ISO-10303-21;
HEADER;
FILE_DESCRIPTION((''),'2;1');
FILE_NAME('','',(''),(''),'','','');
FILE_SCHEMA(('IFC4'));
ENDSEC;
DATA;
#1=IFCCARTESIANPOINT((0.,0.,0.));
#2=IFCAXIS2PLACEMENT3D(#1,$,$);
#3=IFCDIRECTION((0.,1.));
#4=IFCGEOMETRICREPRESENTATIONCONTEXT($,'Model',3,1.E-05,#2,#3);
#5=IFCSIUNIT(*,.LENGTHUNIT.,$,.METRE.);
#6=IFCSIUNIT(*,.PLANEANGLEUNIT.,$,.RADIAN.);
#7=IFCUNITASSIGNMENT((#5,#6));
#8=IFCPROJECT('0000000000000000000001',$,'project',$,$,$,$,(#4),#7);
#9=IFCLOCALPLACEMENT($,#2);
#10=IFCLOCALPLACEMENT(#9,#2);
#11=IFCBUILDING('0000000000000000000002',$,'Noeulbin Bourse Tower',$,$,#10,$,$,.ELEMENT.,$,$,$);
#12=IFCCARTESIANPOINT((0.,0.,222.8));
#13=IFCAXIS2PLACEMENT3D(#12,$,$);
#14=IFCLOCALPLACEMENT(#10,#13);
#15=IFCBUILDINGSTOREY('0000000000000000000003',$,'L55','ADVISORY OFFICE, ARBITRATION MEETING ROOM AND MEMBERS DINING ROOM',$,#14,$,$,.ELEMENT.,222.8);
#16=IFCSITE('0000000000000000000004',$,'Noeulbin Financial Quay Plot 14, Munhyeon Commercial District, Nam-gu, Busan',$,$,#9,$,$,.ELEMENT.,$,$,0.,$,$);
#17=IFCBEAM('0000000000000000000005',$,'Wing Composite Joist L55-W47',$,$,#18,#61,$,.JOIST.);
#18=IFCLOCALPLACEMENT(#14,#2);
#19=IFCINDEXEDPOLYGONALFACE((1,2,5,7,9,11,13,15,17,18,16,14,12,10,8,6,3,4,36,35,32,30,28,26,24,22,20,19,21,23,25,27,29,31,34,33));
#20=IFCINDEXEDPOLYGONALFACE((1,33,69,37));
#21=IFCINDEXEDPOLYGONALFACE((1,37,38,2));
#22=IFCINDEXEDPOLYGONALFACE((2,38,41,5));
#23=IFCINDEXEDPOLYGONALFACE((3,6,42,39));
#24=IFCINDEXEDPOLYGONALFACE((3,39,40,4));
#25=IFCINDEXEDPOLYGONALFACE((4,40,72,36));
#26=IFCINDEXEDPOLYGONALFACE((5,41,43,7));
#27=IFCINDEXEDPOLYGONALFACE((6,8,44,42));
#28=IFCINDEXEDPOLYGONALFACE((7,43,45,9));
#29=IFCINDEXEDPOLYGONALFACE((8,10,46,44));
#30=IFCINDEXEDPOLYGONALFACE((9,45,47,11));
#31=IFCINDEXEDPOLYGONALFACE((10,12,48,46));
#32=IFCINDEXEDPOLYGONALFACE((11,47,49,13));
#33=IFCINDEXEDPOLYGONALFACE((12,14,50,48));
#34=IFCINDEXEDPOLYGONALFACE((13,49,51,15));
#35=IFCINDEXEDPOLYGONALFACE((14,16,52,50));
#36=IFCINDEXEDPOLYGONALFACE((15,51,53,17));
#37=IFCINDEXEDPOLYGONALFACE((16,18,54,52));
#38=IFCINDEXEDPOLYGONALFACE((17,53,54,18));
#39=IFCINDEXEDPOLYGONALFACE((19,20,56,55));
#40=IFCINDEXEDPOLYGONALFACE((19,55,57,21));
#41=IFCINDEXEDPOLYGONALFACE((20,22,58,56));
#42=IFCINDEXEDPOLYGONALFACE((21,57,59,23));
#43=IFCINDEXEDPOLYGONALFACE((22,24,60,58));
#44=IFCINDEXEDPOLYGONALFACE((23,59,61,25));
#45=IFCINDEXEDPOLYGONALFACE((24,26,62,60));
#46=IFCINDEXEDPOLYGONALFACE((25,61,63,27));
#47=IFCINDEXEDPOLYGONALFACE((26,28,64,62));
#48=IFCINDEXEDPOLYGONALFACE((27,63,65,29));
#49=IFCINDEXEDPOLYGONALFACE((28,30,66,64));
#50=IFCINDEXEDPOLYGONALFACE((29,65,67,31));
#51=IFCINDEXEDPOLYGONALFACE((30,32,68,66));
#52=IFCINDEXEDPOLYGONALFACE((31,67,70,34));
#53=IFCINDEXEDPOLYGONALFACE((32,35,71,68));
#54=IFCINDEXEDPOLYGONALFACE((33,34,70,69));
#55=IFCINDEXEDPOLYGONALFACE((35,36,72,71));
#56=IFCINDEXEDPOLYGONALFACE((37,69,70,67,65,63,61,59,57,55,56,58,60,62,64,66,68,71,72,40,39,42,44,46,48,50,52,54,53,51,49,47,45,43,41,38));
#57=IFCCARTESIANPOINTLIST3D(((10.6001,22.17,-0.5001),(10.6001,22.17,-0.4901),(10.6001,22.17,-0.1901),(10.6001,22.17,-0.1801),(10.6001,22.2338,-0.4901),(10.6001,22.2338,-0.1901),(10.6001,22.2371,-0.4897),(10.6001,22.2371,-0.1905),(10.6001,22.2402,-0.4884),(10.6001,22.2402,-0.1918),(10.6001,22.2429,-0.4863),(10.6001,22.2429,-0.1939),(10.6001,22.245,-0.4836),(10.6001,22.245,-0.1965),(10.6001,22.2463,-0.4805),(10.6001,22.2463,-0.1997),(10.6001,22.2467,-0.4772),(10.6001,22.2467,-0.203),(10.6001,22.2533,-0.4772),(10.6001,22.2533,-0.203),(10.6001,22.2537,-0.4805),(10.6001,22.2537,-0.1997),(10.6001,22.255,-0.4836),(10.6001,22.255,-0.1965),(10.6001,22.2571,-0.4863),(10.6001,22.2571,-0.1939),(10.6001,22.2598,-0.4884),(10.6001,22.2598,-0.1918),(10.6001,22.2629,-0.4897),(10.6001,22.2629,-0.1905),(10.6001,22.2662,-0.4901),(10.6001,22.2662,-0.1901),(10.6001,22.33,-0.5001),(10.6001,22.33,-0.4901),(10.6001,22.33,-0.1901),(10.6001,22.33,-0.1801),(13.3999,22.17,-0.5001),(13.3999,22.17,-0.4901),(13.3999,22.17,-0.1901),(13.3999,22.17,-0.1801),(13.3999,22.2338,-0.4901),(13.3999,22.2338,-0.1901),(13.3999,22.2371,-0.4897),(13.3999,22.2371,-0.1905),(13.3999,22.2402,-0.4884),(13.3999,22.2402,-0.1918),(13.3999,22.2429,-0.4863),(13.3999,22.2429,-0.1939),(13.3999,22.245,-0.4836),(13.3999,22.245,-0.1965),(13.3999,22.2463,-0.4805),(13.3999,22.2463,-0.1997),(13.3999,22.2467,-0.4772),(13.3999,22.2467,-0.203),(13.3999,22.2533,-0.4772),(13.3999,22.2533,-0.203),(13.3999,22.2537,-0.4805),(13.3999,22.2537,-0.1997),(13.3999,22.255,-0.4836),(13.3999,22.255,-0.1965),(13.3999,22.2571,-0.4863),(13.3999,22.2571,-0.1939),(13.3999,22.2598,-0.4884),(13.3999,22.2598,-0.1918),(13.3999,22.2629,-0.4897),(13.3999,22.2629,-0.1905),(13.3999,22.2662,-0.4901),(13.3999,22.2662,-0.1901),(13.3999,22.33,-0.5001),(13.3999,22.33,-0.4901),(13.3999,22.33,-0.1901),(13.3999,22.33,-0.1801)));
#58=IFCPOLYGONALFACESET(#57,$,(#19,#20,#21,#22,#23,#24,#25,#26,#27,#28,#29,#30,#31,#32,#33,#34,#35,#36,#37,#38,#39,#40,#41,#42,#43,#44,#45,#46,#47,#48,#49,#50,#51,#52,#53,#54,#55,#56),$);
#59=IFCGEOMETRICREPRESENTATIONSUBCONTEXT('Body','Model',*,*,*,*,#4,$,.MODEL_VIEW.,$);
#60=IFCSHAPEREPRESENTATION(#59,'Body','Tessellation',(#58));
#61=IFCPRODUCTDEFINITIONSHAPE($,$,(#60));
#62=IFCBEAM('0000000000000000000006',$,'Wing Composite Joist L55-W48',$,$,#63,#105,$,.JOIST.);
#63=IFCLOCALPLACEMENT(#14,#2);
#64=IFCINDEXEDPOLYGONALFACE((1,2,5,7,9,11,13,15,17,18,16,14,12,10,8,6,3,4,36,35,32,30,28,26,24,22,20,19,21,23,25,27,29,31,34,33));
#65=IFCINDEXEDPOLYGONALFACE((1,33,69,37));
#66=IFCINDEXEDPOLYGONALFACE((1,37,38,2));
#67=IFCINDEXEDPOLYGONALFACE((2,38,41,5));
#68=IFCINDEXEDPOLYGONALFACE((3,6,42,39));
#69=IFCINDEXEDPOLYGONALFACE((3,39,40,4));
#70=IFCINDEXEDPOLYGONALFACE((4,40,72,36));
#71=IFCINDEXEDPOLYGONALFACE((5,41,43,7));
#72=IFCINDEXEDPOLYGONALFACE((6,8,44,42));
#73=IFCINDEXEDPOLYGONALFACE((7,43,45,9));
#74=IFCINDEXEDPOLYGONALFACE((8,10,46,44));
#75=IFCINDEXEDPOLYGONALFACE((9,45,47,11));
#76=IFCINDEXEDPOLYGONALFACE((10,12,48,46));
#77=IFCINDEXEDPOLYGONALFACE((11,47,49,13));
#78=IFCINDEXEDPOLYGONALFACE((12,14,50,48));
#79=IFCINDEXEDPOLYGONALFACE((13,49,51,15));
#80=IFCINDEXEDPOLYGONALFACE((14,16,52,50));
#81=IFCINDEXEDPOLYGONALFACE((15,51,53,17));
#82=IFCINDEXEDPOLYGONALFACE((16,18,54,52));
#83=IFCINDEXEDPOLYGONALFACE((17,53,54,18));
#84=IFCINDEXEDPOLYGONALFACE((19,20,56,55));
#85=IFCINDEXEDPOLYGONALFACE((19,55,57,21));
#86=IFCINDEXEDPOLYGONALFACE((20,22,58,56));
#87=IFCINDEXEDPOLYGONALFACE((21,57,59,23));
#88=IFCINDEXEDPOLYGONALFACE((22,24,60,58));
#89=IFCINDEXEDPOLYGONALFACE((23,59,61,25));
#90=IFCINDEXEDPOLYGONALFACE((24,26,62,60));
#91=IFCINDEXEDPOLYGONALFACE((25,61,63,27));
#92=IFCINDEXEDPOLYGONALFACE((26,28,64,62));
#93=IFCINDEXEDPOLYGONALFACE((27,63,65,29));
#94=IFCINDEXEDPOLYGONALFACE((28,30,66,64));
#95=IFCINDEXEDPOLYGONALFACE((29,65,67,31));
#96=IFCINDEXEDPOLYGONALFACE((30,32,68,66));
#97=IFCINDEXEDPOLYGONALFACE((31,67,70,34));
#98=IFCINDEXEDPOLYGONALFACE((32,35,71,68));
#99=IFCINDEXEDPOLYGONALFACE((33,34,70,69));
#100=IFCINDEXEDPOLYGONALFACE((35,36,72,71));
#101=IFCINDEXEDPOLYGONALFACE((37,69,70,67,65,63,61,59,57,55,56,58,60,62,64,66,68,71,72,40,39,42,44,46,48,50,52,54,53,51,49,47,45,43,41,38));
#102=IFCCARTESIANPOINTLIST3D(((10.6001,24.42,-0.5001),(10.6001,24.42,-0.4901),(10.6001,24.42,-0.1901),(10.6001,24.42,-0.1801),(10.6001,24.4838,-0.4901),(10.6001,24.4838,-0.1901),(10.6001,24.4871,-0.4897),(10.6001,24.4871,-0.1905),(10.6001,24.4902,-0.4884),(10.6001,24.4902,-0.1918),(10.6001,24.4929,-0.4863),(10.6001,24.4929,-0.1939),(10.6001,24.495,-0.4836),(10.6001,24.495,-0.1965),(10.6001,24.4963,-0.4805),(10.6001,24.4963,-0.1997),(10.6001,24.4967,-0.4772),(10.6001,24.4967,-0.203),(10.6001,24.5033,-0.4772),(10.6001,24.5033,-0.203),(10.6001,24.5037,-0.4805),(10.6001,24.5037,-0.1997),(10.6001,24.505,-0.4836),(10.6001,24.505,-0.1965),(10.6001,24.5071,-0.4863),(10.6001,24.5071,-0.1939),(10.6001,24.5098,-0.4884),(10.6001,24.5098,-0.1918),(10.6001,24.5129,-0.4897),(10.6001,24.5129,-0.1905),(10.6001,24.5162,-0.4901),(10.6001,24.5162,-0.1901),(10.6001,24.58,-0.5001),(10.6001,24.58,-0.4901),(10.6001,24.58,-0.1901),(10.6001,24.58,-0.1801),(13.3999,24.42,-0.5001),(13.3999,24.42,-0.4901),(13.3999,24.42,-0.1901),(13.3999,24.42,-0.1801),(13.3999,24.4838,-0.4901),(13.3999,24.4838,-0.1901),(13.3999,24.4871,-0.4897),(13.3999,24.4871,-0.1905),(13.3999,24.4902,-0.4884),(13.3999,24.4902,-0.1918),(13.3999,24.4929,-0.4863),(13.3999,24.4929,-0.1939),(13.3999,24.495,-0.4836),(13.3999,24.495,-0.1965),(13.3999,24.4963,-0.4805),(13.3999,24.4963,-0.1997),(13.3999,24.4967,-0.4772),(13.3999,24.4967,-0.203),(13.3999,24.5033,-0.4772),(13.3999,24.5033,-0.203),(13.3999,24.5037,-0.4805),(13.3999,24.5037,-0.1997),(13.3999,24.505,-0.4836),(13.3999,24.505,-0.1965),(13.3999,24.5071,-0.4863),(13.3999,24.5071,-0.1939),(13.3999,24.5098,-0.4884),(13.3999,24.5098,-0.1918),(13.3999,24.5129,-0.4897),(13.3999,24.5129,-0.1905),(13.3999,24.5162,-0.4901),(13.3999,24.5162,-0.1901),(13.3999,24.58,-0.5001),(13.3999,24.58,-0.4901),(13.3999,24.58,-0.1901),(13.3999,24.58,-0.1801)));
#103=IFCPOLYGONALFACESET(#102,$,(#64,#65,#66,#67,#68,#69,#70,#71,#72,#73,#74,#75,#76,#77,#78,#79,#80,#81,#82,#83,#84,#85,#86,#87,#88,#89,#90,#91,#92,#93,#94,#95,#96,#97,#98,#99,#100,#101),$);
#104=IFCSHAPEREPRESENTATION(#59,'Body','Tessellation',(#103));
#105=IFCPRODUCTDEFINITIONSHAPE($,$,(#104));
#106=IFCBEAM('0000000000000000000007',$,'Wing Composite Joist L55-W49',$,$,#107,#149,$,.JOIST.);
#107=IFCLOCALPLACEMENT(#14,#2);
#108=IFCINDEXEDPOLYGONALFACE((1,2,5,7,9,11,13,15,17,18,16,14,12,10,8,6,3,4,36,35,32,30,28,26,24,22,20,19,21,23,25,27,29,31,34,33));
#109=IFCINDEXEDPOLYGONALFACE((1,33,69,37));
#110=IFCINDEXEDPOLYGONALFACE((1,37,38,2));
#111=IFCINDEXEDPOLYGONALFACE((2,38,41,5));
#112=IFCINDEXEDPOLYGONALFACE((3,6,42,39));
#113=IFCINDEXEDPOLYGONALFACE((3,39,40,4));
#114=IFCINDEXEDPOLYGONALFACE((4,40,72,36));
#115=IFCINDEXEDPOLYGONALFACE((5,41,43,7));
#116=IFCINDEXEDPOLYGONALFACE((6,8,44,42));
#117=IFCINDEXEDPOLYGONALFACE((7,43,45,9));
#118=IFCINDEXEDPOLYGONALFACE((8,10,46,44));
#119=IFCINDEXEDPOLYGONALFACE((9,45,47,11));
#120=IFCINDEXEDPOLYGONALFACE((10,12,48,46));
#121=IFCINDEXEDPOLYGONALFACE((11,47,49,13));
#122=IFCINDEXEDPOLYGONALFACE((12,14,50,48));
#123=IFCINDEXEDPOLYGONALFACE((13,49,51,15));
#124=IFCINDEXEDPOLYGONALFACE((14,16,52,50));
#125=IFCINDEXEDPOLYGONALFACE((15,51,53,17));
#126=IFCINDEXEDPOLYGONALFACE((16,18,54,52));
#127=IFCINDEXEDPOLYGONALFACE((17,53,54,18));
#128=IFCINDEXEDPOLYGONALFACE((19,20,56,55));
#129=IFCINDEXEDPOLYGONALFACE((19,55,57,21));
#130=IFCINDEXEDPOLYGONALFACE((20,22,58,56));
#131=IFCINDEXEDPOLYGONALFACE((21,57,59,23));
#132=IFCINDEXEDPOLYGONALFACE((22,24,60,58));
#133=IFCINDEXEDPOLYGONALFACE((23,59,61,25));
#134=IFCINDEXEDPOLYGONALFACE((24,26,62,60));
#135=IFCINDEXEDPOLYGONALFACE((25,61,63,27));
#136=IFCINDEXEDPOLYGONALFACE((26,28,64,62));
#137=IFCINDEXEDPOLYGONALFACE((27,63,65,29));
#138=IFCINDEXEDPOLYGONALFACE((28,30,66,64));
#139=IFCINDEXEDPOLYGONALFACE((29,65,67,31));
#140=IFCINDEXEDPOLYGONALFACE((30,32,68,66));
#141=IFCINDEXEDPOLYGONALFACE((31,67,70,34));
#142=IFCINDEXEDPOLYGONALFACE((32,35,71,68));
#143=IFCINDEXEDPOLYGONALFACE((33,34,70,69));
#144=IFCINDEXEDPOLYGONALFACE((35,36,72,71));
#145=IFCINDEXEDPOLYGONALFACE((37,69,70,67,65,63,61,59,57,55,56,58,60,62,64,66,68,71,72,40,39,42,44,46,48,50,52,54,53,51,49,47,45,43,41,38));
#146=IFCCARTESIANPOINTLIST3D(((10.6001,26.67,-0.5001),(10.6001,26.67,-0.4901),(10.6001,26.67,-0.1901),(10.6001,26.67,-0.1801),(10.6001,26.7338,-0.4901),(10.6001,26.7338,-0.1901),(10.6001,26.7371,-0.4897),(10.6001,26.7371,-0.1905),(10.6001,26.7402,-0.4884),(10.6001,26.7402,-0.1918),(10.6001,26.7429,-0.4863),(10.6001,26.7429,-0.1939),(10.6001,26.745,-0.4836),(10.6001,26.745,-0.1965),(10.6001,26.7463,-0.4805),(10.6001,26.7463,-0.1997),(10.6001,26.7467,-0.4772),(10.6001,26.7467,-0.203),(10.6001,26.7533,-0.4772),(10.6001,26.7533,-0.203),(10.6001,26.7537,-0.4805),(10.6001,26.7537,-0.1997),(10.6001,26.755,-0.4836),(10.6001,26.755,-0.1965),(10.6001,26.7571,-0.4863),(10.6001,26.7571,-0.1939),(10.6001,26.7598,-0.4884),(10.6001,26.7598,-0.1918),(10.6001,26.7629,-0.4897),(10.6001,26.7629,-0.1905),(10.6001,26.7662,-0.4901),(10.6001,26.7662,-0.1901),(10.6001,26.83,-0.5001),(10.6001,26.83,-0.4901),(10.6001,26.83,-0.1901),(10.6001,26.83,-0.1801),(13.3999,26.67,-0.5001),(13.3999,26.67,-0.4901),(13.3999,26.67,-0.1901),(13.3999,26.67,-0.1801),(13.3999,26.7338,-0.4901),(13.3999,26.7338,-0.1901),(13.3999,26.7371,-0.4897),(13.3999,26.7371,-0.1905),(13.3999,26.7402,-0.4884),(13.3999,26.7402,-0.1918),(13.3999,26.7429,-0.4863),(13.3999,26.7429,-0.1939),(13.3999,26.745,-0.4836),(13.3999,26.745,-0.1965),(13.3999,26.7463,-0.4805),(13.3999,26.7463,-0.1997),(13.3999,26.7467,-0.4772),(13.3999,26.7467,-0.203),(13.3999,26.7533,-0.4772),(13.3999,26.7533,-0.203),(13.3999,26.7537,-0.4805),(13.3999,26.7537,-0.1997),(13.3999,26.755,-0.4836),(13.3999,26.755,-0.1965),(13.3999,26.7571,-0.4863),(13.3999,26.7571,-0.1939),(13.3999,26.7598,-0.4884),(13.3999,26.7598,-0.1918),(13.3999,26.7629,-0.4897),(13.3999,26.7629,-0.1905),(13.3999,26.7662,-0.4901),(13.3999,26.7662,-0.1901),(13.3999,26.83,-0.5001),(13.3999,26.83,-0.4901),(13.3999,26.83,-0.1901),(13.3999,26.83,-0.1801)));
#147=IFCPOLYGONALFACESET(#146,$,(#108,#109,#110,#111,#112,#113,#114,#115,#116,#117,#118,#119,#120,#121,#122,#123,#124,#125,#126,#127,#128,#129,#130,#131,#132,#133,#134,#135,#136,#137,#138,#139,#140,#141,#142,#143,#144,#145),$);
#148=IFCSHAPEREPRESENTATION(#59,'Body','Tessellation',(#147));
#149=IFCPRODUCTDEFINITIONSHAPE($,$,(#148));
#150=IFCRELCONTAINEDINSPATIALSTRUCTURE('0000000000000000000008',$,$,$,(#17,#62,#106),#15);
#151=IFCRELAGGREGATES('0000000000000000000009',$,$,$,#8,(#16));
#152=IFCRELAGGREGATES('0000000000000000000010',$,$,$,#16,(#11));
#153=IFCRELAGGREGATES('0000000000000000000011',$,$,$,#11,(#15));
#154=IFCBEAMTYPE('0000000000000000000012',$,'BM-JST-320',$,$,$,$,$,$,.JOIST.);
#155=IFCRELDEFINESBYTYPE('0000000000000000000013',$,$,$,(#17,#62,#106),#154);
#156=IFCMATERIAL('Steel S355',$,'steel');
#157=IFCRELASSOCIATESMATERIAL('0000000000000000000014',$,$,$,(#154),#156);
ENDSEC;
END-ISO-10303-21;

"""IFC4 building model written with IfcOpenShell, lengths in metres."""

from ifc_helpers import new_model, si_unit, direction, frame, origin, origin_2d, place, context, subcontext, project, spatial, i_section, extrude, material, material_profile, profile_set, type_object, element, save


model = new_model("IFC4")

# Units and contexts
model_context = context("Model", 3, precision=1e-05, world=origin(), true_north=direction((0.0, 1.0)))
body_context = subcontext(model_context, "Body", "Model", "MODEL_VIEW")
ifc_project = project(units=[si_unit("LENGTHUNIT", "METRE"), si_unit("PLANEANGLEUNIT", "RADIAN")], contexts=[model_context])

# Site, building, storey
site_placement = place(None, origin())
site = spatial("IfcSite", under=ifc_project, at=site_placement, Name="Noeulbin Financial Quay Plot 14, Munhyeon Commercial District, Nam-gu, Busan", CompositionType="ELEMENT", RefElevation=0.0)
building_placement = place(site_placement, origin())
building = spatial("IfcBuilding", under=site, at=building_placement, Name="Noeulbin Bourse Tower", CompositionType="ELEMENT")
storey_placement = place(building_placement, frame((0.0, 0.0, 222.8)))
storey = spatial("IfcBuildingStorey", under=building, at=storey_placement, Name="L55", Description="ADVISORY OFFICE, ARBITRATION MEETING ROOM AND MEMBERS DINING ROOM", CompositionType="ELEMENT", Elevation=222.8)

# Shared definitions
ifc_material_1 = material(Name="Steel S355", Category="steel")

# Beams
ifc_material_profile_1 = material_profile(ifc_material_1, i_section(OverallWidth=0.1599, OverallDepth=0.3201, WebThickness=0.0066, FlangeThickness=0.01, FilletRadius=0.0129, at=origin_2d()), Name="H-320x160x6.5x10", Category="LoadBearing")
ifc_profile_set_1 = profile_set([ifc_material_profile_1], Name="Steel S355")
beam_type_1 = type_object("IfcBeamType", Name="BM-JST-320", PredefinedType="JOIST", material=ifc_profile_set_1)
for number, where, z_axis, x_axis, name in (
    (1, (10.6001, 22.25, -0.3401), (1.0, 0.0, 0.0), (0.0, 1.0, 0.0), "Wing Composite Joist L55-W47"),
    (2, (10.6001, 24.5, -0.3401), (1.0, 0.0, 0.0), (0.0, 1.0, 0.0), "Wing Composite Joist L55-W48"),
    (3, (10.6001, 26.75, -0.3401), (1.0, 0.0, 0.0), (0.0, 1.0, 0.0), "Wing Composite Joist L55-W49"),
):
    element("IfcBeam", number, at=place(storey_placement, frame(where, z_axis=z_axis, x_axis=x_axis)), inside=storey, type_object=beam_type_1, Name=name, PredefinedType="JOIST", context=body_context, shape_type="SweptSolid", body=[
        extrude(i_section(OverallWidth=0.1599, OverallDepth=0.3201, WebThickness=0.0066, FlangeThickness=0.01, FilletRadius=0.0129, at=origin_2d()), origin(), (0.0, 0.0, 1.0), 2.7998),
    ])

save(model, "model.ifc")
